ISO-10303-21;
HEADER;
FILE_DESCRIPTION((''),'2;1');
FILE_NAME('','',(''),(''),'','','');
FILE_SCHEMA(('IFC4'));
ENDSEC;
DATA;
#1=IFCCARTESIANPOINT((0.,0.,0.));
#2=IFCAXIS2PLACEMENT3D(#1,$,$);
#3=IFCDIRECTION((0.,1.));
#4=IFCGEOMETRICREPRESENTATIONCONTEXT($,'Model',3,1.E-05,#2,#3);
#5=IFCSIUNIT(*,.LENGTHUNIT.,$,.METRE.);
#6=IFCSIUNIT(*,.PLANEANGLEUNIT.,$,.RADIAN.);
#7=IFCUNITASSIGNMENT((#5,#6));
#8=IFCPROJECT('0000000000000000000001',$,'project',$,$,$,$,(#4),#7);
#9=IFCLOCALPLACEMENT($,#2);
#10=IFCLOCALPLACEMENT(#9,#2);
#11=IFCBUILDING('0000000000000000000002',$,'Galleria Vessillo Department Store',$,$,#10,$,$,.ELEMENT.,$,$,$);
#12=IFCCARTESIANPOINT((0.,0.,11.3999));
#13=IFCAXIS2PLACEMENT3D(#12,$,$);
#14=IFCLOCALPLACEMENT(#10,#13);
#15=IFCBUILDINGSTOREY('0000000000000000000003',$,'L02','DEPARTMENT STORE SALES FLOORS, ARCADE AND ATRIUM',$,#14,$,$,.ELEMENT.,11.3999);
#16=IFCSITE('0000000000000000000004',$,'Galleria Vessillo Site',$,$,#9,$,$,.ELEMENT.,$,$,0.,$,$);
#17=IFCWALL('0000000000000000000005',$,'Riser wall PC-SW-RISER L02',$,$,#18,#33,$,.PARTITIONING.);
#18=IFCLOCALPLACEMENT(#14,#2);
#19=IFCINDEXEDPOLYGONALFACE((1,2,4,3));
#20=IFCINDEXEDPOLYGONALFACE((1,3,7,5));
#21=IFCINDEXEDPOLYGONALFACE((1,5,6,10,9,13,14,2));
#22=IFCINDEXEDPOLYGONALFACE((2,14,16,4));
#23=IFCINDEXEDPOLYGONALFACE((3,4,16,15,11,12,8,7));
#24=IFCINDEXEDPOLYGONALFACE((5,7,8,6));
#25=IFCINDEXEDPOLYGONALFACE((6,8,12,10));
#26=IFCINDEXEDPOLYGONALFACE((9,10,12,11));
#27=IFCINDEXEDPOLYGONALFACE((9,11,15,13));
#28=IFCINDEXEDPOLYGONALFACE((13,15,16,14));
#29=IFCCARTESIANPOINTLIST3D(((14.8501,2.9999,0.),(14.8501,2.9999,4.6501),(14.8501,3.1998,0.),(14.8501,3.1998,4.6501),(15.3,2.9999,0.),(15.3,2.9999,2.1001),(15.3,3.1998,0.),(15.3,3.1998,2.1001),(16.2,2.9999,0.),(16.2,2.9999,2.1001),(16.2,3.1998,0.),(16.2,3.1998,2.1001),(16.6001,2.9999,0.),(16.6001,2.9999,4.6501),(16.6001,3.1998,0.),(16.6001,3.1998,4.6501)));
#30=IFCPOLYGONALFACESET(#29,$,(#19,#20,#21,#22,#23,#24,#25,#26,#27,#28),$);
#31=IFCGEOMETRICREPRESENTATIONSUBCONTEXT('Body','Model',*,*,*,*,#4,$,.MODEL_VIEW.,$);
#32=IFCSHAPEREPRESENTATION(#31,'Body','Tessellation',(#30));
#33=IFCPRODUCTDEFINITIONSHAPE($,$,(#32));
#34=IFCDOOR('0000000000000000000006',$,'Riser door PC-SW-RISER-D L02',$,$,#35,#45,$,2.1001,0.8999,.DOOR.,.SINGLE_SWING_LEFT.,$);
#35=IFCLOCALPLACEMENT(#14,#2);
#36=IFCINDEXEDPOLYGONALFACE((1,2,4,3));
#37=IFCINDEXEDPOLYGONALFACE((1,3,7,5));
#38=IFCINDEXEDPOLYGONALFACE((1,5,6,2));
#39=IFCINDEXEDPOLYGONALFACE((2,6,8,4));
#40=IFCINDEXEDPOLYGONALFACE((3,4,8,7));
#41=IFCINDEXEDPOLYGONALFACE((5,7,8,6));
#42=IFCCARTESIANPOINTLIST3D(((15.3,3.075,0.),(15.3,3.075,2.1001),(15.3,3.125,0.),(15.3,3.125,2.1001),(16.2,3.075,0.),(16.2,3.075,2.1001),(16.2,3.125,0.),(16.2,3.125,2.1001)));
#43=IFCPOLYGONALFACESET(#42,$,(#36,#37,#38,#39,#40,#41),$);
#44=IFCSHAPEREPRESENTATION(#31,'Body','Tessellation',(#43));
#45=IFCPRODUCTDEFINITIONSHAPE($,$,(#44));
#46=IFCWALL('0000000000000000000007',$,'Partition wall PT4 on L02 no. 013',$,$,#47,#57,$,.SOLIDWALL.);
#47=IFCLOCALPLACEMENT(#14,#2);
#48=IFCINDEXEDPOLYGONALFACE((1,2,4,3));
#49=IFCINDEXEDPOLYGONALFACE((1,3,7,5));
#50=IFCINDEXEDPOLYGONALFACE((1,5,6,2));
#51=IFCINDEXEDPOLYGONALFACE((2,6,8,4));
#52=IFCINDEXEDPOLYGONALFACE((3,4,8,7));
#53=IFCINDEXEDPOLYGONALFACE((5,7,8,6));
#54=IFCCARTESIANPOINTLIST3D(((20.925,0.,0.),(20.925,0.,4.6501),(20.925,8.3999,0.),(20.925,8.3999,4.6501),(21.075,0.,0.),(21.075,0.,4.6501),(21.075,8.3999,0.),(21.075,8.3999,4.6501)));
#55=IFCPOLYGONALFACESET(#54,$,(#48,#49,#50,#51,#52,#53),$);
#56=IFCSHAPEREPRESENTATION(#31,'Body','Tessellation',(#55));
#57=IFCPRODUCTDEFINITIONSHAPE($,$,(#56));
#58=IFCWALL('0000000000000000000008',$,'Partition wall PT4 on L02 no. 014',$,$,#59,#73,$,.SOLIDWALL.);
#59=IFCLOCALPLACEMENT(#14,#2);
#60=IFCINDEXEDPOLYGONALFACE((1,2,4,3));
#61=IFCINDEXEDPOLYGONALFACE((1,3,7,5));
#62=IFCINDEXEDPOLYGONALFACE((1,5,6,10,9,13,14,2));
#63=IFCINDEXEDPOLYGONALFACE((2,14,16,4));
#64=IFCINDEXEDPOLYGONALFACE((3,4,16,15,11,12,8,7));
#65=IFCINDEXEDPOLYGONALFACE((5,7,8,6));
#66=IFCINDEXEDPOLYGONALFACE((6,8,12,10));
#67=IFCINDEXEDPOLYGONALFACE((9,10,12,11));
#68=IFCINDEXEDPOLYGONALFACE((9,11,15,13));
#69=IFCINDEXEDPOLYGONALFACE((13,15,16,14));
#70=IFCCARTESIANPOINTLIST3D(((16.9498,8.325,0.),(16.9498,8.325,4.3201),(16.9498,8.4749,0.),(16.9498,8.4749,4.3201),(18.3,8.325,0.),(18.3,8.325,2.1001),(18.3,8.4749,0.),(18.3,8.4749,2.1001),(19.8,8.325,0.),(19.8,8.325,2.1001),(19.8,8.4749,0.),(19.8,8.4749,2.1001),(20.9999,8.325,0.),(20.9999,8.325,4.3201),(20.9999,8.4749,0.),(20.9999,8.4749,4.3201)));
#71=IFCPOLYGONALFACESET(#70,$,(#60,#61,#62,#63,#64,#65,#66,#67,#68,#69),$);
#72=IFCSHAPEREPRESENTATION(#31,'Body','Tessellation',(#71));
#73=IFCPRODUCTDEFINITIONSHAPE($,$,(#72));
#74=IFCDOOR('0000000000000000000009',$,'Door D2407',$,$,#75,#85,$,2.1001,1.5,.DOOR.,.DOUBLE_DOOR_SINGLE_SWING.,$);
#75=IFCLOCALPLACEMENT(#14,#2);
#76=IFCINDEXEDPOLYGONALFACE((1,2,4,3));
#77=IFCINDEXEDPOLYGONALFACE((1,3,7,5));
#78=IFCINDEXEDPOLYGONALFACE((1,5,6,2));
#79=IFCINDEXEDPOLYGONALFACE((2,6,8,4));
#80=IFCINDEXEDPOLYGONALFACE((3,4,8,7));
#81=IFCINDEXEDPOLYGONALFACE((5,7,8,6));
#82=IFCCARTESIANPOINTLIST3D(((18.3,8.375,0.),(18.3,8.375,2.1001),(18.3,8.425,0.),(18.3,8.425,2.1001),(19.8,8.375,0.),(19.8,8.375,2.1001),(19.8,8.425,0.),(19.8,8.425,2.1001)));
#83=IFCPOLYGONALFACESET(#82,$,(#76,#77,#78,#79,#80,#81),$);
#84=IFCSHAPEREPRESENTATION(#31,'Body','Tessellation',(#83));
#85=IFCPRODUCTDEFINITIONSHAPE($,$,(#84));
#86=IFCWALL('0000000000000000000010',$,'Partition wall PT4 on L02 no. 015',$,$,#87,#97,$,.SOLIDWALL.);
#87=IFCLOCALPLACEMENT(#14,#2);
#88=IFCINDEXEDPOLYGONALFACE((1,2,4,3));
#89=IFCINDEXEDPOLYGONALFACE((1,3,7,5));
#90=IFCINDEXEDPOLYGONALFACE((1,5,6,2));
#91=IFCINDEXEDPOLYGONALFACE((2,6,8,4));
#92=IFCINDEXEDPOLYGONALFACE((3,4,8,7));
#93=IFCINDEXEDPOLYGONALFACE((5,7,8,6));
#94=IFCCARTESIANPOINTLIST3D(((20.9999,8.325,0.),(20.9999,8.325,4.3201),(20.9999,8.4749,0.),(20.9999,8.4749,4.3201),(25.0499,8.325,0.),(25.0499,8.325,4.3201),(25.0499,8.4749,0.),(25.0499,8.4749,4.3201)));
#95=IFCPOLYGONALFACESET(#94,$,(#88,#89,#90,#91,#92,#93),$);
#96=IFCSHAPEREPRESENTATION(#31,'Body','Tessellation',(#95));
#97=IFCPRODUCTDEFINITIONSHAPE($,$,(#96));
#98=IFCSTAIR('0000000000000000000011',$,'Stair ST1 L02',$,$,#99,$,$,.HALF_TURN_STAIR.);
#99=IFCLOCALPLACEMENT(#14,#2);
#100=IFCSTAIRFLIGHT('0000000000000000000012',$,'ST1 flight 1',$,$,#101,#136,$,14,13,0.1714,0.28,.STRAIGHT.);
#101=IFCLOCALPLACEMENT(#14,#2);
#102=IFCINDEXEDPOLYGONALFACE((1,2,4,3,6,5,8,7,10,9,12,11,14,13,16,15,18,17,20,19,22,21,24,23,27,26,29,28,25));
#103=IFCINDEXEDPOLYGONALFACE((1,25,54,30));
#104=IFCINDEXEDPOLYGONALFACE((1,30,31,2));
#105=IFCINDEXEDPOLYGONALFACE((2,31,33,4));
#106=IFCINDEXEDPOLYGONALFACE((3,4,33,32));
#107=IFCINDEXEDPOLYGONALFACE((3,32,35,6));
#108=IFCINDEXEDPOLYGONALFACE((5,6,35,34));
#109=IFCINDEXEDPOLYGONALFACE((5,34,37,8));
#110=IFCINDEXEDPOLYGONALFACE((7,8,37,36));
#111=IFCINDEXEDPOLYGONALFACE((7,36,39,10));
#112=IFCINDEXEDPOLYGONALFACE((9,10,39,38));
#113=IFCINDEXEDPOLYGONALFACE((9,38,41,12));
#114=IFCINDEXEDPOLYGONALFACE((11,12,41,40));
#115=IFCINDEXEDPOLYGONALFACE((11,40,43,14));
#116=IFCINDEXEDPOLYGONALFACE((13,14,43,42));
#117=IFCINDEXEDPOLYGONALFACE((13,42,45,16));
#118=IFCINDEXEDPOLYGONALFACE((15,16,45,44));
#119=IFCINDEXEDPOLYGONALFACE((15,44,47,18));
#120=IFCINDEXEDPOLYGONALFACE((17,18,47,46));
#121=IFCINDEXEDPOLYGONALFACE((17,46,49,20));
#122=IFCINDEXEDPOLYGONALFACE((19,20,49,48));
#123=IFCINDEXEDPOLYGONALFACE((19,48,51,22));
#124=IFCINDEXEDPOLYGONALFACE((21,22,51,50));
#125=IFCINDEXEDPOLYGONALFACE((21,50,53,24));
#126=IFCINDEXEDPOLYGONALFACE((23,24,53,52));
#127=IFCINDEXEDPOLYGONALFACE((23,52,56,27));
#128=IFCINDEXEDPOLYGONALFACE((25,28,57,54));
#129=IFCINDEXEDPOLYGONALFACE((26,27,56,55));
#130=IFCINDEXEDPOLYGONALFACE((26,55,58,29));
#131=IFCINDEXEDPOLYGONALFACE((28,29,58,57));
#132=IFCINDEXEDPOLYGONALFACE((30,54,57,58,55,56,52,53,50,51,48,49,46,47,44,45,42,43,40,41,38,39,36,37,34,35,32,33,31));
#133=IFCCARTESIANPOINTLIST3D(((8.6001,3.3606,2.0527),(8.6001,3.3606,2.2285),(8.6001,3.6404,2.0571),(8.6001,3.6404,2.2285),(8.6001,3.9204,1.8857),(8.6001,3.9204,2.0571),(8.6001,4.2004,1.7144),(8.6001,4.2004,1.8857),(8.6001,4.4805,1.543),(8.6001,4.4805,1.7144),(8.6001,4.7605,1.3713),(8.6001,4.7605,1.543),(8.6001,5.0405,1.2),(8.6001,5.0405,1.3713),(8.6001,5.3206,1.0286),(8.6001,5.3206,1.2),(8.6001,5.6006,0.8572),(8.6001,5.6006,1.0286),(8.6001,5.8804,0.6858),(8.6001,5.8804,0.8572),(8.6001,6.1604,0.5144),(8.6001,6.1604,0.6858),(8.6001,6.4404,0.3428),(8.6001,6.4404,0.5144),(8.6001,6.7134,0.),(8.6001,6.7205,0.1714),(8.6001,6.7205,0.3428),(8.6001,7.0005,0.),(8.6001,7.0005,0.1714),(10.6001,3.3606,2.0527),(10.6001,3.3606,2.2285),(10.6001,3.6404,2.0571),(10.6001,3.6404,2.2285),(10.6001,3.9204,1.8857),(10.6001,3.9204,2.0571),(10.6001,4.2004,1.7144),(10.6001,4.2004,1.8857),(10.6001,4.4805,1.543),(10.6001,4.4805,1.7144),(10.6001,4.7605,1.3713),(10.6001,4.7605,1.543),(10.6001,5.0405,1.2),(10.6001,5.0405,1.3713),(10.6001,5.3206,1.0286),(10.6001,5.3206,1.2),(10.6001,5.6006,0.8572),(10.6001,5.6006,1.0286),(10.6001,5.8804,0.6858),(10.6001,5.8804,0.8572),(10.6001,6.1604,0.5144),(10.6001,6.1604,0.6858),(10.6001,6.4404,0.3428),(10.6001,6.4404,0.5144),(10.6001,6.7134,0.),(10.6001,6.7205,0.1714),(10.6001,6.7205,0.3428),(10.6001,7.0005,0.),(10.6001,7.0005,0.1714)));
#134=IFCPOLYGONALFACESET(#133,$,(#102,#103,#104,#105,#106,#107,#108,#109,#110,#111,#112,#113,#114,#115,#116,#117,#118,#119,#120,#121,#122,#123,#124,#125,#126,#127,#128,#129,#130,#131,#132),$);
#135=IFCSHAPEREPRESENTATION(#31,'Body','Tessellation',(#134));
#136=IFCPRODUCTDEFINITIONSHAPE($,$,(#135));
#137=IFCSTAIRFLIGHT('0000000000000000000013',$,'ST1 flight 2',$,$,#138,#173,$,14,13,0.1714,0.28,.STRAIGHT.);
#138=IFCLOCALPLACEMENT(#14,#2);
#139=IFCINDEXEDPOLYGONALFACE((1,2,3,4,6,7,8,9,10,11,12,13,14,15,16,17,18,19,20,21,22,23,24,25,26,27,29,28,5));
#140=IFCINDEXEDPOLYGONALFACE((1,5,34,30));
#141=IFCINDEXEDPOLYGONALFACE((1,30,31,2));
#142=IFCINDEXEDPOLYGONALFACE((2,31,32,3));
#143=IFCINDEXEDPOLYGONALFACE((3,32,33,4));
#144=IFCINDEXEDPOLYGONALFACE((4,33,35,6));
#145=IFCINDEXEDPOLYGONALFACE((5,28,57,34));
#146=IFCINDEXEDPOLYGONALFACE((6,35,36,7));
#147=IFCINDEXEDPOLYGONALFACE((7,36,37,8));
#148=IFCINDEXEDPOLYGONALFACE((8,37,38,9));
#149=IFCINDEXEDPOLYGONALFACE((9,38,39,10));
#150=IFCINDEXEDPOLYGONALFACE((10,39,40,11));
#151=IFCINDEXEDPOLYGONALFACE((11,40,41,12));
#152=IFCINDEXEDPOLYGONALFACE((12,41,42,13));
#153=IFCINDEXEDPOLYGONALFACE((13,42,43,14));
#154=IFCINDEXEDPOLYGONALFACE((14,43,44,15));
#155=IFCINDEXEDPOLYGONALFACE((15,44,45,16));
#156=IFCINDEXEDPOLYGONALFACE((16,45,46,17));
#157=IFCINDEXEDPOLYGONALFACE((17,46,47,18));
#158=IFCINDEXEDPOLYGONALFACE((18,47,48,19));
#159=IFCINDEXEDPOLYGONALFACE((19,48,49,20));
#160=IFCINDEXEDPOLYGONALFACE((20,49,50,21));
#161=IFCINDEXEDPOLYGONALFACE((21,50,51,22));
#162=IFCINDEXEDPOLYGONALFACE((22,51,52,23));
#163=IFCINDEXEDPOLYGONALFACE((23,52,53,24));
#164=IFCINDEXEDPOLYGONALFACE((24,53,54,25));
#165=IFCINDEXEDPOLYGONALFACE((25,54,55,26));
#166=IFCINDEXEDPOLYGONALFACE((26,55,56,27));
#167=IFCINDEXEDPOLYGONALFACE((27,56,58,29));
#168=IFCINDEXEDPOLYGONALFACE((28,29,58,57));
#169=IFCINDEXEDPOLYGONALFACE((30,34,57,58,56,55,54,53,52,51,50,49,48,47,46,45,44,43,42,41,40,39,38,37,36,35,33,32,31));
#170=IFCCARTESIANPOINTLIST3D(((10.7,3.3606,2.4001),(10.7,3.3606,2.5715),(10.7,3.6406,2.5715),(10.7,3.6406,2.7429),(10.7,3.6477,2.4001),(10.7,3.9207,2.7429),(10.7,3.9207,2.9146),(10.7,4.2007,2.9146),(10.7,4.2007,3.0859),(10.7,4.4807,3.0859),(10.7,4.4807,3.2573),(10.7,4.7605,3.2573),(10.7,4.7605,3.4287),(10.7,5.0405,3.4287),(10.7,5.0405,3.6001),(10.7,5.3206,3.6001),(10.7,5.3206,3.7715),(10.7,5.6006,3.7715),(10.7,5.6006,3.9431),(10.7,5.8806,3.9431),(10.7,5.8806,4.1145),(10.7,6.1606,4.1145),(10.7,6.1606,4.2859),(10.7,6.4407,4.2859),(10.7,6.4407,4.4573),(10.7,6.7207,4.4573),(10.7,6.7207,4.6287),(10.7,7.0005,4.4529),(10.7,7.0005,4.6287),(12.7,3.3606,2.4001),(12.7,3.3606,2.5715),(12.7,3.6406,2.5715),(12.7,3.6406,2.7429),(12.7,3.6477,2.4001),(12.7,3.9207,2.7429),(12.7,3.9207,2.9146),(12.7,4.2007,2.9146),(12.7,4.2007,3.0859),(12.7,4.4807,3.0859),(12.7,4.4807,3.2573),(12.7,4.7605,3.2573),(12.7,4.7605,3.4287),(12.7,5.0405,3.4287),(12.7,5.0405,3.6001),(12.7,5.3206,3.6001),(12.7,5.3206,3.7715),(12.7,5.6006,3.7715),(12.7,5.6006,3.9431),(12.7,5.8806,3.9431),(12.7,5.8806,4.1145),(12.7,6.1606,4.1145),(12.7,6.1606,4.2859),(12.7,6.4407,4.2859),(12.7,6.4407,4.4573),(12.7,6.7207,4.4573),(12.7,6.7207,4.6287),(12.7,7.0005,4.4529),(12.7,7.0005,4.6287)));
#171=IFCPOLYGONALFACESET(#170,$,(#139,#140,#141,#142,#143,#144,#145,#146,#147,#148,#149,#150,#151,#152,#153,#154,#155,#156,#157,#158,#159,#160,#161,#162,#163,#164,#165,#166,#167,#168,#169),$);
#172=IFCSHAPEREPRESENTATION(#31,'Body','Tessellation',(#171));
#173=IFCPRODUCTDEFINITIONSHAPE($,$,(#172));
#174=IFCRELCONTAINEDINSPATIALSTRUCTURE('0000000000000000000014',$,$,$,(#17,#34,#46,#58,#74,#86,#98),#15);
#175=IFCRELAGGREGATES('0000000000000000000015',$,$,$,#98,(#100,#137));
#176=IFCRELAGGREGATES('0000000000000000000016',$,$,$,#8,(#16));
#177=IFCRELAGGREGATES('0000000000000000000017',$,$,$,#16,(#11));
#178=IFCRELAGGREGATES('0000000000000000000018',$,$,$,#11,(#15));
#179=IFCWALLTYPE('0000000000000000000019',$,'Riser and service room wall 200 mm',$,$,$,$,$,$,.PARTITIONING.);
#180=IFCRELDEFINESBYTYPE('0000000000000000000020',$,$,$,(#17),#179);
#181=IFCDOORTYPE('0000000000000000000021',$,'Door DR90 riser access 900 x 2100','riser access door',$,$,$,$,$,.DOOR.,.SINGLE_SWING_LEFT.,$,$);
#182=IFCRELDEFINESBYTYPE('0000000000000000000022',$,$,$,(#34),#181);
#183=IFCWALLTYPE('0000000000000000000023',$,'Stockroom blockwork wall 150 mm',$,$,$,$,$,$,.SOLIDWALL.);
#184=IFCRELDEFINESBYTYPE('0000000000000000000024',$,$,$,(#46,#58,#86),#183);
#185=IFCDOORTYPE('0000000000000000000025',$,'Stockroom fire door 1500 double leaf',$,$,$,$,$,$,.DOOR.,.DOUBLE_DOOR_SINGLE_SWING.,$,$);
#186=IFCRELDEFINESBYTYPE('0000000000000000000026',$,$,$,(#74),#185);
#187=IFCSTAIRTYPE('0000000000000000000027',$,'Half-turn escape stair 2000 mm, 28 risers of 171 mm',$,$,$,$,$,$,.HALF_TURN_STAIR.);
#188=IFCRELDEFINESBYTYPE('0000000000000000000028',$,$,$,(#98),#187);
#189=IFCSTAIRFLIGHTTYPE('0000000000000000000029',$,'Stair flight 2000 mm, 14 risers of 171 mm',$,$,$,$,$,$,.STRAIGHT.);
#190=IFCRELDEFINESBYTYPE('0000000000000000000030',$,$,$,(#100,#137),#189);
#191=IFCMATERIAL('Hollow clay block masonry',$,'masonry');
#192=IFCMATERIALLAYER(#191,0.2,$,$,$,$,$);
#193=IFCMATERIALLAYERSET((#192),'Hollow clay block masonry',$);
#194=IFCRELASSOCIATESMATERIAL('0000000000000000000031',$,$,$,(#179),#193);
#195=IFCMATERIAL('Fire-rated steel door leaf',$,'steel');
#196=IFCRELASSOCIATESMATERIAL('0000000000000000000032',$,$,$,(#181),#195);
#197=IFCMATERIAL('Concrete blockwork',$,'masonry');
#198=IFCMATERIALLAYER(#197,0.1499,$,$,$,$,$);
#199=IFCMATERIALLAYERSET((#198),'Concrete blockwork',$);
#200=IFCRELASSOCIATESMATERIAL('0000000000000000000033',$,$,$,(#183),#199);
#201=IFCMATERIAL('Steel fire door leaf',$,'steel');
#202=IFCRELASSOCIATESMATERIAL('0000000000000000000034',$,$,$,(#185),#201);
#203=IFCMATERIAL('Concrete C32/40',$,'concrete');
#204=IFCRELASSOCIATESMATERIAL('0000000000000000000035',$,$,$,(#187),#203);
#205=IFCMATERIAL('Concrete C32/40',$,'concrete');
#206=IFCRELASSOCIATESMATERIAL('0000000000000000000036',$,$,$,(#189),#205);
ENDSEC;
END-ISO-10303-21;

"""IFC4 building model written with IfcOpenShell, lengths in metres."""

from ifc_helpers import new_model, si_unit, direction, frame, frame_2d, origin, place, context, subcontext, project, spatial, polyline, rectangle, outline, extrude, material, layer, layer_set, type_object, element, fill, aggregate, save


model = new_model("IFC4")

# Units and contexts
model_context = context("Model", 3, precision=1e-05, world=origin(), true_north=direction((0.0, 1.0)))
body_context = subcontext(model_context, "Body", "Model", "MODEL_VIEW")
ifc_project = project(units=[si_unit("LENGTHUNIT", "METRE"), si_unit("PLANEANGLEUNIT", "RADIAN")], contexts=[model_context])

# Site, building, storey
site_placement = place(None, origin())
site = spatial("IfcSite", under=ifc_project, at=site_placement, Name="Galleria Vessillo Site", CompositionType="ELEMENT", RefElevation=0.0)
building_placement = place(site_placement, origin())
building = spatial("IfcBuilding", under=site, at=building_placement, Name="Galleria Vessillo Department Store", CompositionType="ELEMENT")
storey_placement = place(building_placement, frame((0.0, 0.0, 11.3999)))
storey = spatial("IfcBuildingStorey", under=building, at=storey_placement, Name="L02", Description="DEPARTMENT STORE SALES FLOORS, ARCADE AND ATRIUM", CompositionType="ELEMENT", Elevation=11.3999)

# Wall, opening, door
ifc_material_1 = material(Name="Hollow clay block masonry", Category="masonry")
ifc_layer_1 = layer(ifc_material_1, 0.2)
ifc_layer_set_1 = layer_set([ifc_layer_1], Name="Hollow clay block masonry")
wall_type_1 = type_object("IfcWallType", Name="Riser and service room wall 200 mm", PredefinedType="PARTITIONING", material=ifc_layer_set_1)
wall_1_placement = place(storey_placement, frame((14.8501, 3.0999, 0.0), z_axis=(0.0, 0.0, 1.0), x_axis=(1.0, 0.0, 0.0)))
wall_1 = element("IfcWall", 1, at=wall_1_placement, inside=storey, type_object=wall_type_1, Name="Riser wall PC-SW-RISER L02", PredefinedType="PARTITIONING", context=body_context, shape_type="SweptSolid", body=[
    extrude(rectangle(XDim=1.75, YDim=0.2, at=frame_2d((0.875, 0.0))), origin(), (0.0, 0.0, 1.0), 4.6501),
])
opening_1_placement = place(wall_1_placement, frame((0.45, 0.0, 0.0)))
opening_1 = element("IfcOpeningElement", 2, at=opening_1_placement, cuts=wall_1, PredefinedType="OPENING", context=body_context, shape_type="SweptSolid", body=[
    extrude(rectangle(XDim=0.8999, YDim=2.1001, at=frame_2d((0.45, 1.05))), frame((0.0, 0.1099, 0.0), z_axis=(0.0, -1.0, 0.0), x_axis=(1.0, 0.0, 0.0)), (0.0, 0.0, 1.0), 0.22),
])
ifc_material_2 = material(Name="Fire-rated steel door leaf", Category="steel")
door_type_1 = type_object("IfcDoorType", Name="Door DR90 riser access 900 x 2100", Description="riser access door", OperationType="SINGLE_SWING_LEFT", PredefinedType="DOOR", material=ifc_material_2)
door_1_placement = place(opening_1_placement, frame((0.8999, 0.0, 0.0), z_axis=(0.0, 0.0, 1.0), x_axis=(-1.0, 0.0, 0.0)))
door_1 = element("IfcDoor", 3, at=door_1_placement, inside=storey, type_object=door_type_1, Name="Riser door PC-SW-RISER-D L02", OperationType="SINGLE_SWING_LEFT", OverallHeight=2.1001, OverallWidth=0.8999, PredefinedType="DOOR", context=body_context, shape_type="SweptSolid", body=[
    extrude(rectangle(XDim=0.8999, YDim=2.1001, at=frame_2d((0.45, 1.05))), frame((0.0, 0.0249, 0.0), z_axis=(0.0, -1.0, 0.0), x_axis=(1.0, 0.0, 0.0)), (0.0, 0.0, 1.0), 0.05),
])
fill(opening_1, door_1)

# Wall
ifc_material_3 = material(Name="Concrete blockwork", Category="masonry")
ifc_layer_2 = layer(ifc_material_3, 0.1499)
ifc_layer_set_2 = layer_set([ifc_layer_2], Name="Concrete blockwork")
wall_type_2 = type_object("IfcWallType", Name="Stockroom blockwork wall 150 mm", PredefinedType="SOLIDWALL", material=ifc_layer_set_2)
wall_2_placement = place(storey_placement, frame((21.0, 0.0, 0.0), z_axis=(0.0, 0.0, 1.0), x_axis=(0.0, 1.0, 0.0)))
element("IfcWall", 4, at=wall_2_placement, inside=storey, type_object=wall_type_2, Name="Partition wall PT4 on L02 no. 013", PredefinedType="SOLIDWALL", context=body_context, shape_type="SweptSolid", body=[
    extrude(rectangle(XDim=8.3999, YDim=0.1499, at=frame_2d((4.2, 0.0))), origin(), (0.0, 0.0, 1.0), 4.6501),
])

# Wall, opening, door
wall_3_placement = place(storey_placement, frame((16.95, 8.3999, 0.0), z_axis=(0.0, 0.0, 1.0), x_axis=(1.0, 0.0, 0.0)))
wall_3 = element("IfcWall", 5, at=wall_3_placement, inside=storey, type_object=wall_type_2, Name="Partition wall PT4 on L02 no. 014", PredefinedType="SOLIDWALL", context=body_context, shape_type="SweptSolid", body=[
    extrude(rectangle(XDim=4.05, YDim=0.1499, at=frame_2d((2.0249, 0.0))), origin(), (0.0, 0.0, 1.0), 4.3201),
])
opening_2_placement = place(wall_3_placement, frame((1.3501, 0.0, 0.0)))
opening_2 = element("IfcOpeningElement", 6, at=opening_2_placement, cuts=wall_3, PredefinedType="OPENING", context=body_context, shape_type="SweptSolid", body=[
    extrude(rectangle(XDim=1.5, YDim=2.1001, at=frame_2d((0.75, 1.05))), frame((0.0, 0.085, 0.0), z_axis=(0.0, -1.0, 0.0), x_axis=(1.0, 0.0, 0.0)), (0.0, 0.0, 1.0), 0.1699),
])
ifc_material_4 = material(Name="Steel fire door leaf", Category="steel")
door_type_2 = type_object("IfcDoorType", Name="Stockroom fire door 1500 double leaf", OperationType="DOUBLE_DOOR_SINGLE_SWING", PredefinedType="DOOR", material=ifc_material_4)
door_2_placement = place(opening_2_placement, frame((1.5, 0.0, 0.0), z_axis=(0.0, 0.0, 1.0), x_axis=(-1.0, 0.0, 0.0)))
door_2 = element("IfcDoor", 7, at=door_2_placement, inside=storey, type_object=door_type_2, Name="Door D2407", OperationType="DOUBLE_DOOR_SINGLE_SWING", OverallHeight=2.1001, OverallWidth=1.5, PredefinedType="DOOR", context=body_context, shape_type="SweptSolid", body=[
    extrude(rectangle(XDim=1.5, YDim=2.1001, at=frame_2d((0.75, 1.05))), frame((0.0, 0.0249, 0.0), z_axis=(0.0, -1.0, 0.0), x_axis=(1.0, 0.0, 0.0)), (0.0, 0.0, 1.0), 0.05),
])
fill(opening_2, door_2)

# Wall
wall_4_placement = place(storey_placement, frame((21.0, 8.3999, 0.0), z_axis=(0.0, 0.0, 1.0), x_axis=(1.0, 0.0, 0.0)))
element("IfcWall", 8, at=wall_4_placement, inside=storey, type_object=wall_type_2, Name="Partition wall PT4 on L02 no. 015", PredefinedType="SOLIDWALL", context=body_context, shape_type="SweptSolid", body=[
    extrude(rectangle(XDim=4.05, YDim=0.1499, at=frame_2d((2.0249, 0.0))), origin(), (0.0, 0.0, 1.0), 4.3201),
])

# Stair, stair flights
ifc_material_5 = material(Name="Concrete C32/40", Category="concrete")
stair_type = type_object("IfcStairType", Name="Half-turn escape stair 2000 mm, 28 risers of 171 mm", PredefinedType="HALF_TURN_STAIR", material=ifc_material_5)
stair_placement = place(storey_placement, origin())
stair = element("IfcStair", 9, at=stair_placement, inside=storey, type_object=stair_type, Name="Stair ST1 L02", PredefinedType="HALF_TURN_STAIR")
ifc_material_6 = material(Name="Concrete C32/40", Category="concrete")
stair_flight_type = type_object("IfcStairFlightType", Name="Stair flight 2000 mm, 14 risers of 171 mm", PredefinedType="STRAIGHT", material=ifc_material_6)
stair_flight_1_placement = place(storey_placement, frame((9.6001, 7.0005, 0.0), z_axis=(0.0, 0.0, 1.0), x_axis=(0.0, -1.0, 0.0)))
stair_flight_1 = element("IfcStairFlight", 10, at=stair_flight_1_placement, type_object=stair_flight_type, Name="ST1 flight 1", NumberOfRisers=14, NumberOfTreads=13, PredefinedType="STRAIGHT", RiserHeight=0.1714, TreadLength=0.28, context=body_context, shape_type="SweptSolid", body=[
    extrude(outline(polyline([(0.0, 0.0), (0.0, 0.1714), (0.28, 0.1714), (0.28, 0.3428), (0.5601, 0.3428), (0.5601, 0.5144), (0.8401, 0.5144), (0.8401, 0.6858), (1.1201, 0.6858), (1.1201, 0.8572), (1.3999, 0.8572), (1.3999, 1.0286), (1.6799, 1.0286), (1.6799, 1.2), (1.96, 1.2), (1.96, 1.3713), (2.24, 1.3713), (2.24, 1.543), (2.52, 1.543), (2.52, 1.7144), (2.8, 1.7144), (2.8, 1.8857), (3.0801, 1.8857), (3.0801, 2.0571), (3.3601, 2.0571), (3.3601, 2.2285), (3.6399, 2.2285), (3.6399, 2.3999), (3.6399, 2.0527), (0.2871, 0.0), (0.0, 0.0)])), frame((0.0, 1.0, 0.0), z_axis=(0.0, -1.0, 0.0), x_axis=(1.0, 0.0, 0.0)), (0.0, 0.0, 1.0), 2.0),
])
stair_flight_2_placement = place(storey_placement, frame((11.7, 3.3606, 2.4001), z_axis=(0.0, 0.0, 1.0), x_axis=(0.0, 1.0, 0.0)))
stair_flight_2 = element("IfcStairFlight", 11, at=stair_flight_2_placement, type_object=stair_flight_type, Name="ST1 flight 2", NumberOfRisers=14, NumberOfTreads=13, PredefinedType="STRAIGHT", RiserHeight=0.1714, TreadLength=0.28, context=body_context, shape_type="SweptSolid", body=[
    extrude(outline(polyline([(0.0, 0.0), (0.0, 0.1714), (0.28, 0.1714), (0.28, 0.3428), (0.5601, 0.3428), (0.5601, 0.5144), (0.8401, 0.5144), (0.8401, 0.6858), (1.1201, 0.6858), (1.1201, 0.8572), (1.3999, 0.8572), (1.3999, 1.0286), (1.6799, 1.0286), (1.6799, 1.2), (1.96, 1.2), (1.96, 1.3713), (2.24, 1.3713), (2.24, 1.543), (2.52, 1.543), (2.52, 1.7144), (2.8, 1.7144), (2.8, 1.8857), (3.0801, 1.8857), (3.0801, 2.0571), (3.3601, 2.0571), (3.3601, 2.2285), (3.6399, 2.2285), (3.6399, 2.3999), (3.6399, 2.0527), (0.2871, 0.0), (0.0, 0.0)])), frame((0.0, 1.0, 0.0), z_axis=(0.0, -1.0, 0.0), x_axis=(1.0, 0.0, 0.0)), (0.0, 0.0, 1.0), 2.0),
])
aggregate(stair, [stair_flight_1, stair_flight_2])

save(model, "model.ifc")
